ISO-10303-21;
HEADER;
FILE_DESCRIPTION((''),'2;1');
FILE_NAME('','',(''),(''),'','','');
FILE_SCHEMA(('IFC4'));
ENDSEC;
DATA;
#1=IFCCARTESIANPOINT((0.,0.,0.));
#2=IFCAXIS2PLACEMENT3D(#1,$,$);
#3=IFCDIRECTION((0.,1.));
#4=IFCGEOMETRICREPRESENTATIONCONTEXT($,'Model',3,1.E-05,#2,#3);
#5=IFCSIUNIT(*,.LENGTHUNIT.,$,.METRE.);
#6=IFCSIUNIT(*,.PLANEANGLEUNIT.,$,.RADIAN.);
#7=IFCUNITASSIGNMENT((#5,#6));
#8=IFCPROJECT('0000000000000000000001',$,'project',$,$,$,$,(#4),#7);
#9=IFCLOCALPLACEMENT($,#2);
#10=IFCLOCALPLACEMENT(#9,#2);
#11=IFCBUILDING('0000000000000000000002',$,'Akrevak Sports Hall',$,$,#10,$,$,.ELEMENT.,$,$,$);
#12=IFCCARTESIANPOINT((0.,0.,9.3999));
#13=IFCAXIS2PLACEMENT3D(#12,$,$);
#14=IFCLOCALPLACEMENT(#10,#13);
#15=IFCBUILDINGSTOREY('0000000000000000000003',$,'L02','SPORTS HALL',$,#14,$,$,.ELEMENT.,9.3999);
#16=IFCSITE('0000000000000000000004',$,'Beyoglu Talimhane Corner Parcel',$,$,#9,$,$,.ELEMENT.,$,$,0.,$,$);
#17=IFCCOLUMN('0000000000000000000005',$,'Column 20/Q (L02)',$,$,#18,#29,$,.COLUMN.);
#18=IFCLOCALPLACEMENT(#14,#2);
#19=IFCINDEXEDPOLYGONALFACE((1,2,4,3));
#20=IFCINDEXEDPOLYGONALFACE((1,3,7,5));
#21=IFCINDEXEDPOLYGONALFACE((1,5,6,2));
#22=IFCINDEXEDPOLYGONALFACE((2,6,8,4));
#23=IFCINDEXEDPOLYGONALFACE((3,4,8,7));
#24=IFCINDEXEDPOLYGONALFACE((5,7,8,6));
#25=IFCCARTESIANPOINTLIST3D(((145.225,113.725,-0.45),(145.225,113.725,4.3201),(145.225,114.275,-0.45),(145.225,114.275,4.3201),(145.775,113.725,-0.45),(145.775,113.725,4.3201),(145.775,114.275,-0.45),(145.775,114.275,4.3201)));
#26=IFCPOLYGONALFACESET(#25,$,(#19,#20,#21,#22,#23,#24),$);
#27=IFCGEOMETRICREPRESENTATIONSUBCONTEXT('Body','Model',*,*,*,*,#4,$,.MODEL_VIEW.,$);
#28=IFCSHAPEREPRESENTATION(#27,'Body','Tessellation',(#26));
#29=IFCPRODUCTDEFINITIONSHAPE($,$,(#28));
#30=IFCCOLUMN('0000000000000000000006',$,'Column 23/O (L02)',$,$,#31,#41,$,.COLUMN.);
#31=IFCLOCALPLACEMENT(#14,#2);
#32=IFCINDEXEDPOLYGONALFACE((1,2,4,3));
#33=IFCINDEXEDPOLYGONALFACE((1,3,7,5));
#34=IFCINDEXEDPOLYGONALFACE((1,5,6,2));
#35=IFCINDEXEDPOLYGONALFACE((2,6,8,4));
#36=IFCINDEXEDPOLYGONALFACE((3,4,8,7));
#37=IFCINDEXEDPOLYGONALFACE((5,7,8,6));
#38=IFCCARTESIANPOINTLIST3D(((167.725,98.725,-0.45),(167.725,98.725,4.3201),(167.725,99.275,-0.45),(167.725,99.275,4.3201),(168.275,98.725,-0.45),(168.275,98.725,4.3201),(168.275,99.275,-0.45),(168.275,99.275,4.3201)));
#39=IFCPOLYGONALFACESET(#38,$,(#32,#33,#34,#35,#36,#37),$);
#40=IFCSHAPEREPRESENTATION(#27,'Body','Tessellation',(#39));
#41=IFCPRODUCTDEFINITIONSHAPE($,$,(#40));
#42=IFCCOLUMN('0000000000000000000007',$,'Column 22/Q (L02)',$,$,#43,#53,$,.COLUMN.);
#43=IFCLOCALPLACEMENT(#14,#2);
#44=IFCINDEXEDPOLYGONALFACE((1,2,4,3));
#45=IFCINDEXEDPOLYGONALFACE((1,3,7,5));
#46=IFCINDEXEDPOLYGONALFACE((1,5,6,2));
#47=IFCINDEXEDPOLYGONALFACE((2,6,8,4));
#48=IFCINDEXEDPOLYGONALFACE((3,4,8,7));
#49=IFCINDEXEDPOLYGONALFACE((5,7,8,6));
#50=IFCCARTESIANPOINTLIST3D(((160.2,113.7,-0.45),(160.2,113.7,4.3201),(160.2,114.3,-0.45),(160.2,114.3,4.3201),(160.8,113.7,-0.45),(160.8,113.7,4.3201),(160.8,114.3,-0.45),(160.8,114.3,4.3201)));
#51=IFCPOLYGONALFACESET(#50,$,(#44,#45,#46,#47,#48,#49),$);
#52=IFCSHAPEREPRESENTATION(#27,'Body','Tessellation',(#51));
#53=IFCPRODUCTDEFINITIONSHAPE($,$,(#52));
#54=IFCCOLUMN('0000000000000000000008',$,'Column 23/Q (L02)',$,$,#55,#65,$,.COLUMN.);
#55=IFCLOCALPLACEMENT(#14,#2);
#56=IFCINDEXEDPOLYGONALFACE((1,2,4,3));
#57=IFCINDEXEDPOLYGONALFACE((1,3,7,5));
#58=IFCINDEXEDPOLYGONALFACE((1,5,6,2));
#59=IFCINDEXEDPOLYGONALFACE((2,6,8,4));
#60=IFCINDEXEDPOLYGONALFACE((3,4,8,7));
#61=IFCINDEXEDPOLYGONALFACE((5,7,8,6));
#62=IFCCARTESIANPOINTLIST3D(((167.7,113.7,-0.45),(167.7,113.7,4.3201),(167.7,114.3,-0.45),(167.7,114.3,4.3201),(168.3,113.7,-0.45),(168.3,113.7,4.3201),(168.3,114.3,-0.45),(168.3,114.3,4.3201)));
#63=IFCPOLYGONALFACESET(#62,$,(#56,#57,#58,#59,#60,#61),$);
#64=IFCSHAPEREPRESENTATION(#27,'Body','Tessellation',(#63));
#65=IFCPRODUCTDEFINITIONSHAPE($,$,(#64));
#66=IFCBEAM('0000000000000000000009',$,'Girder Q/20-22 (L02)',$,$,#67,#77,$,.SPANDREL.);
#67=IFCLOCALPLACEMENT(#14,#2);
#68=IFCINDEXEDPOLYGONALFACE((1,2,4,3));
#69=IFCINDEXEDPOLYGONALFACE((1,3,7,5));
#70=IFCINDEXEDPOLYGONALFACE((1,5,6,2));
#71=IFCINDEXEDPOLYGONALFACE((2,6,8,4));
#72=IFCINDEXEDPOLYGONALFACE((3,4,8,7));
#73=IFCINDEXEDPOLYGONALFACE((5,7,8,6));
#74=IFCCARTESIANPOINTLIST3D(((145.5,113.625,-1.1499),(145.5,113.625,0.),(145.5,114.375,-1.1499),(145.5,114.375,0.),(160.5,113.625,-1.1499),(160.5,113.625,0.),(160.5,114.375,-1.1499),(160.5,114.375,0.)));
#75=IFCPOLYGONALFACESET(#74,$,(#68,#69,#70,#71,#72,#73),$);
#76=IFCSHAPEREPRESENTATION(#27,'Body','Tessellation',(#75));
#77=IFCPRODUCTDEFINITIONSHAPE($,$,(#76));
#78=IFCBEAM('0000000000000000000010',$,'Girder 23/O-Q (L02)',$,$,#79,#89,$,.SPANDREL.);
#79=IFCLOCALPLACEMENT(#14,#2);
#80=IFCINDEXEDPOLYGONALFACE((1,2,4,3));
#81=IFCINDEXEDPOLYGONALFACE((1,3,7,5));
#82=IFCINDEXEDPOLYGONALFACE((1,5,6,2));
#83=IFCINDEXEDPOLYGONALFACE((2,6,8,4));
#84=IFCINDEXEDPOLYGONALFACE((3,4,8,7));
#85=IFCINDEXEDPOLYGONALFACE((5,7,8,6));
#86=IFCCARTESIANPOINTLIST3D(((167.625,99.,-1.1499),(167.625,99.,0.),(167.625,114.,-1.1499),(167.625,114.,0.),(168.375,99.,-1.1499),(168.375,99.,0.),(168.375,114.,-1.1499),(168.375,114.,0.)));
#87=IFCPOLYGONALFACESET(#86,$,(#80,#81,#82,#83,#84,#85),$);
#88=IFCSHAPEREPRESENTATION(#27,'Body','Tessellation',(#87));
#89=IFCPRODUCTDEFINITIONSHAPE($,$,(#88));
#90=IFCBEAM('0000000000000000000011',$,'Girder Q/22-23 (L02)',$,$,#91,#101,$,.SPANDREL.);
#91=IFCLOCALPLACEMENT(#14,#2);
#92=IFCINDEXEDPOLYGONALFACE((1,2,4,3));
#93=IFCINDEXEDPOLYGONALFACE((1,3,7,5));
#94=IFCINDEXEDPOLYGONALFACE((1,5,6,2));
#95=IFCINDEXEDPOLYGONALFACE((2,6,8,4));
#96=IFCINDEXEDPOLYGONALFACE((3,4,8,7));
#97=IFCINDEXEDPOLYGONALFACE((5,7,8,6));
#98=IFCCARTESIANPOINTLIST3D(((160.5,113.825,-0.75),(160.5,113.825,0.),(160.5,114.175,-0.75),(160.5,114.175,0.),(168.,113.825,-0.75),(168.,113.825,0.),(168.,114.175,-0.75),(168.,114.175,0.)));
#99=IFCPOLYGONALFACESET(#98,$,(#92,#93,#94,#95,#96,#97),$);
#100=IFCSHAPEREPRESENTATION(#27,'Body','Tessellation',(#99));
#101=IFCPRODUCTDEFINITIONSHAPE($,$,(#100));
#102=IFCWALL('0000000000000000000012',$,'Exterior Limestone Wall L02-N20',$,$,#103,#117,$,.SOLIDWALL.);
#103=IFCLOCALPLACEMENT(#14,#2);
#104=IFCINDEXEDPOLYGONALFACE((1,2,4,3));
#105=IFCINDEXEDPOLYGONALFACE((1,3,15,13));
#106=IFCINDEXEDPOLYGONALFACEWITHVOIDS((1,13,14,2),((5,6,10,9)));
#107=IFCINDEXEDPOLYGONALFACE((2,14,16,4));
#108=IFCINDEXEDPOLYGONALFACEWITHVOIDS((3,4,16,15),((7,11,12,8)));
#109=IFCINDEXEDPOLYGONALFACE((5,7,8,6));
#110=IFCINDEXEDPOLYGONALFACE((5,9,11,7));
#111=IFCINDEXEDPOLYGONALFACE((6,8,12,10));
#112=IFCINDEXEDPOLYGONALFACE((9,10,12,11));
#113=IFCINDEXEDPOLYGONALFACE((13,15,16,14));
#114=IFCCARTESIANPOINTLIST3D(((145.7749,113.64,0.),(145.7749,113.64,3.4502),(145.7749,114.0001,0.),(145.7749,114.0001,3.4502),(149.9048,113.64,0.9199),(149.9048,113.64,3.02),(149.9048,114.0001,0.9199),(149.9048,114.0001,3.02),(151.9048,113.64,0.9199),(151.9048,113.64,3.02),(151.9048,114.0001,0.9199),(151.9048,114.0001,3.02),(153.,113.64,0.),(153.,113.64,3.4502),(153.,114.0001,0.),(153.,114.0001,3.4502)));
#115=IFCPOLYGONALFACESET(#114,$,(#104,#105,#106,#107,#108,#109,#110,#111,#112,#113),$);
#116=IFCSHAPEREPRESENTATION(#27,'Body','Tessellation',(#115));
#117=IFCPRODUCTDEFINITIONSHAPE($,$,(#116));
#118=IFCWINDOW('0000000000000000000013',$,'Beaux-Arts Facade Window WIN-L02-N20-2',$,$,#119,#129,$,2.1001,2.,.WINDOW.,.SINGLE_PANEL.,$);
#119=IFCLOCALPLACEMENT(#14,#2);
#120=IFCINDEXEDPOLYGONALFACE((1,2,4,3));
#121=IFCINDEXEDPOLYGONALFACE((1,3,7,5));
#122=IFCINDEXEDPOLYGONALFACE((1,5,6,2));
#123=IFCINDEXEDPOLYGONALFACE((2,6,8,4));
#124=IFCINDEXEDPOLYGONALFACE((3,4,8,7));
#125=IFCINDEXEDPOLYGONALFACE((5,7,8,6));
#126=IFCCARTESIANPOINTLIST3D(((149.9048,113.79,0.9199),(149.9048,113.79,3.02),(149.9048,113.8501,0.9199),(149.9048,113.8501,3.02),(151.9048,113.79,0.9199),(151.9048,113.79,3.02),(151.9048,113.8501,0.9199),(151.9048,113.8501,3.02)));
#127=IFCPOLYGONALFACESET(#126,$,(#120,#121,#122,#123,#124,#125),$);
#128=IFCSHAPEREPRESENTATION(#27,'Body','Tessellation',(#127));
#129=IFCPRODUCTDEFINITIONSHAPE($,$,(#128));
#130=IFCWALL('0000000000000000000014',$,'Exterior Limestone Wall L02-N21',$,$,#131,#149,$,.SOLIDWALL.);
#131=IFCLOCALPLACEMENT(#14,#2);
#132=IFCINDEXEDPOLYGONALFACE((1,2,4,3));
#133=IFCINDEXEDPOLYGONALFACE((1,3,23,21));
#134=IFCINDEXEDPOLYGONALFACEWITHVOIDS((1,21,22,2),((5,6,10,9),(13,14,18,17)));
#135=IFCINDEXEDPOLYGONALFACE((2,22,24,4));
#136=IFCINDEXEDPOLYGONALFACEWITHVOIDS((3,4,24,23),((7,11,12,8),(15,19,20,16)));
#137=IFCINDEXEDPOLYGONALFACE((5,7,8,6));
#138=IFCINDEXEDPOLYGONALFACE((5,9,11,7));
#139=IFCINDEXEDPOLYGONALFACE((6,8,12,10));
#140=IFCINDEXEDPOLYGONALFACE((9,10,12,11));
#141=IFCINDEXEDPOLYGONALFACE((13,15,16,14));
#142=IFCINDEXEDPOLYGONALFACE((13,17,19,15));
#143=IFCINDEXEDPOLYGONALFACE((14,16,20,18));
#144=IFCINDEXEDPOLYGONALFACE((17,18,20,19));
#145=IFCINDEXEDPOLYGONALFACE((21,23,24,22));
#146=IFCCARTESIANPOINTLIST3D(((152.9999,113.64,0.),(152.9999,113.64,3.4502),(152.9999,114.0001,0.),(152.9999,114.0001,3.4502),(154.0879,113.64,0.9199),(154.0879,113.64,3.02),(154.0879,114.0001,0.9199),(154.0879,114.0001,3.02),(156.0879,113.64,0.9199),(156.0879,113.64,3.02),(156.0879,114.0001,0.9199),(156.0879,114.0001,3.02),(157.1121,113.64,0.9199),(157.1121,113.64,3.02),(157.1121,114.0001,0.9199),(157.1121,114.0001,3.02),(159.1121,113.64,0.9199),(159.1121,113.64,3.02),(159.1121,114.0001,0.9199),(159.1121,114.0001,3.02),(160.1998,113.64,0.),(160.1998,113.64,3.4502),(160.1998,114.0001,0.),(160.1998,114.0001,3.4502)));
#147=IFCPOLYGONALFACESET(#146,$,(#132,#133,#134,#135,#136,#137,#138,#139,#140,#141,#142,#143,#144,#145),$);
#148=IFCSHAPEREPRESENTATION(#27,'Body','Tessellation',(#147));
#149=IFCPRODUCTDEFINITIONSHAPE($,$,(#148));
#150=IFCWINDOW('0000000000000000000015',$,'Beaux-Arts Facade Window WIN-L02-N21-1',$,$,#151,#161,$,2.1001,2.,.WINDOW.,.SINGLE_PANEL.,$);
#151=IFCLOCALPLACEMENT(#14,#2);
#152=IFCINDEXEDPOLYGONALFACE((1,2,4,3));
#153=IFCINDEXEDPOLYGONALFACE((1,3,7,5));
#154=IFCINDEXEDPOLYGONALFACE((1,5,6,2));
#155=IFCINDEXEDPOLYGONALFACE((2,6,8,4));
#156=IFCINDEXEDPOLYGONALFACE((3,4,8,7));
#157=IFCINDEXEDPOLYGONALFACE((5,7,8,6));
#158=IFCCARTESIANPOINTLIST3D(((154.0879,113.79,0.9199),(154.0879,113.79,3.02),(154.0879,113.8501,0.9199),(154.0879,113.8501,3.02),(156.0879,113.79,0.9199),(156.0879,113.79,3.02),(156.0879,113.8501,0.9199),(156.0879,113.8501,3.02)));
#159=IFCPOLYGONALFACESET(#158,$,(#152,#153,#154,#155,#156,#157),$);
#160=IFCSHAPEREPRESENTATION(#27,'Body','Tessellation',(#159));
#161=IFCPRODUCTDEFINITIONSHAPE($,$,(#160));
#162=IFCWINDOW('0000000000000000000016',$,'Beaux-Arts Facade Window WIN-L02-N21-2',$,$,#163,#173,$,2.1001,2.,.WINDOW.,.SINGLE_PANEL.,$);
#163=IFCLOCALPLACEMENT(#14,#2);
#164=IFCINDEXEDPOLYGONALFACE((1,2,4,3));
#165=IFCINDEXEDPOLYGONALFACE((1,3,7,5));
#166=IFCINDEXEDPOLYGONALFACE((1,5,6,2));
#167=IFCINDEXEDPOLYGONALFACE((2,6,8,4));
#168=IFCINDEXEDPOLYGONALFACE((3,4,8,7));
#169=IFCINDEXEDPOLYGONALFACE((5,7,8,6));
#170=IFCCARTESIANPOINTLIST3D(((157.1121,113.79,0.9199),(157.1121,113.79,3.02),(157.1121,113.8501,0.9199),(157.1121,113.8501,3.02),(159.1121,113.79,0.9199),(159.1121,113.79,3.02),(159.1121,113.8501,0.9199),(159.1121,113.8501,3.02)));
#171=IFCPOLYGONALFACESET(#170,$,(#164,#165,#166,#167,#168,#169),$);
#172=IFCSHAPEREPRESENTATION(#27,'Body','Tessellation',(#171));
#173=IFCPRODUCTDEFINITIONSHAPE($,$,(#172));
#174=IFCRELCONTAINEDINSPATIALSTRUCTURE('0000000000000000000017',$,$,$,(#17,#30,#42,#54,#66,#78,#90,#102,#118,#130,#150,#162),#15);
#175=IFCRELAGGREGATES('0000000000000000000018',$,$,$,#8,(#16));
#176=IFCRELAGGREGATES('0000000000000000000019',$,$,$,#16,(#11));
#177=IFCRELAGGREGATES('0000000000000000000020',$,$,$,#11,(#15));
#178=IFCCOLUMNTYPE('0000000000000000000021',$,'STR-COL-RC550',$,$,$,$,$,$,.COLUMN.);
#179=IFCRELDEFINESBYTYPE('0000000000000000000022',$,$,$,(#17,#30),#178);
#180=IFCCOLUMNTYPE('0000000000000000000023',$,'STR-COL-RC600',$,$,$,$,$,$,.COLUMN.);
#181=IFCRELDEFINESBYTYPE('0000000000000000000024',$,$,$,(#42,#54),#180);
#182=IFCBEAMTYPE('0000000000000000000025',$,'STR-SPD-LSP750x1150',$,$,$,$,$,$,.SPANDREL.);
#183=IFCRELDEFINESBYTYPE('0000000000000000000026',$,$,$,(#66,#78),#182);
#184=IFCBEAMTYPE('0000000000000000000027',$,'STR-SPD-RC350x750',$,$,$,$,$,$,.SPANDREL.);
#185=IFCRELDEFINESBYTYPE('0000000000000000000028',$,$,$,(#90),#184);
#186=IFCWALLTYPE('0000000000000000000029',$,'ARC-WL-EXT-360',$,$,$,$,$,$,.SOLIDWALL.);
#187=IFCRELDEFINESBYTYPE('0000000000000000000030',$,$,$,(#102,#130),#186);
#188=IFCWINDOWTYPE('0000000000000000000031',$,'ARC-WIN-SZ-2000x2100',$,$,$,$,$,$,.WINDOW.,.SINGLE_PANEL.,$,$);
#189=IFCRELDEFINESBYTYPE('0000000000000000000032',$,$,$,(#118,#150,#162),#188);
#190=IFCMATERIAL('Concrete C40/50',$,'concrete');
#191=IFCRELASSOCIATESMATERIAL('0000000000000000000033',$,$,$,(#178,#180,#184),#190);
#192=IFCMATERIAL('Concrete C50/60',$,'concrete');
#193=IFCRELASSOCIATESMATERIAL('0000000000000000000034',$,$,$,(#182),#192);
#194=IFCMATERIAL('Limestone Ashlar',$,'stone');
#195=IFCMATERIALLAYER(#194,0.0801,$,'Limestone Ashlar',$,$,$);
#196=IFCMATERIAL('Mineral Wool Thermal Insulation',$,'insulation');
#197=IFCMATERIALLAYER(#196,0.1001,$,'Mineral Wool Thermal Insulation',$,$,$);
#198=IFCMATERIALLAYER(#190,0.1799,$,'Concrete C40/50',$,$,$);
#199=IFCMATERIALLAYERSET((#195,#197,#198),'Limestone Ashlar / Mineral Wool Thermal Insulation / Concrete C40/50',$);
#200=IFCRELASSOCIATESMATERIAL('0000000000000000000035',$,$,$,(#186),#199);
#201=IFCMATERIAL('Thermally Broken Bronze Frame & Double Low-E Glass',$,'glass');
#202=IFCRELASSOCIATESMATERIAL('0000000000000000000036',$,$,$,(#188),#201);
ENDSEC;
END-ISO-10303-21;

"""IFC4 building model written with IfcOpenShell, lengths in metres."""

from ifc_helpers import new_model, si_unit, direction, frame, frame_2d, origin, origin_2d, place, context, subcontext, project, spatial, rectangle, extrude, material, layer, layer_set, material_profile, profile_set, type_object, element, fill, save


model = new_model("IFC4")

# Units and contexts
model_context = context("Model", 3, precision=1e-05, world=origin(), true_north=direction((0.0, 1.0)))
body_context = subcontext(model_context, "Body", "Model", "MODEL_VIEW")
ifc_project = project(units=[si_unit("LENGTHUNIT", "METRE"), si_unit("PLANEANGLEUNIT", "RADIAN")], contexts=[model_context])

# Site, building, storey
site_placement = place(None, origin())
site = spatial("IfcSite", under=ifc_project, at=site_placement, Name="Beyoglu Talimhane Corner Parcel", CompositionType="ELEMENT", RefElevation=0.0)
building_placement = place(site_placement, origin())
building = spatial("IfcBuilding", under=site, at=building_placement, Name="Akrevak Sports Hall", CompositionType="ELEMENT")
storey_placement = place(building_placement, frame((0.0, 0.0, 9.3999)))
storey = spatial("IfcBuildingStorey", under=building, at=storey_placement, Name="L02", Description="SPORTS HALL", CompositionType="ELEMENT", Elevation=9.3999)

# Columns
ifc_material_1 = material(Name="Concrete C40/50", Category="concrete")
ifc_material_profile_1 = material_profile(ifc_material_1, rectangle(XDim=0.55, YDim=0.55, at=origin_2d()), Name="RC 550x550", Category="concrete")
ifc_profile_set_1 = profile_set([ifc_material_profile_1], Name="Concrete C40/50")
column_type_1 = type_object("IfcColumnType", Name="STR-COL-RC550", PredefinedType="COLUMN", material=ifc_profile_set_1)
for number, where, z_axis, x_axis, name in (
    (1, (145.5, 114.0, -0.45), (0.0, 0.0, 1.0), (1.0, 0.0, 0.0), "Column 20/Q (L02)"),
    (2, (168.0, 99.0, -0.45), (0.0, 0.0, 1.0), (1.0, 0.0, 0.0), "Column 23/O (L02)"),
):
    element("IfcColumn", number, at=place(storey_placement, frame(where, z_axis=z_axis, x_axis=x_axis)), inside=storey, type_object=column_type_1, Name=name, PredefinedType="COLUMN", context=body_context, shape_type="SweptSolid", body=[
        extrude(rectangle(XDim=0.55, YDim=0.55, at=origin_2d()), origin(), (0.0, 0.0, 1.0), 4.77),
    ])
ifc_material_profile_2 = material_profile(ifc_material_1, rectangle(XDim=0.6001, YDim=0.6001, at=origin_2d()), Name="RC 600x600", Category="concrete")
ifc_profile_set_2 = profile_set([ifc_material_profile_2], Name="Concrete C40/50")
column_type_2 = type_object("IfcColumnType", Name="STR-COL-RC600", PredefinedType="COLUMN", material=ifc_profile_set_2)
for number, where, z_axis, x_axis, name in (
    (3, (160.5, 114.0, -0.45), (0.0, 0.0, 1.0), (1.0, 0.0, 0.0), "Column 22/Q (L02)"),
    (4, (168.0, 114.0, -0.45), (0.0, 0.0, 1.0), (1.0, 0.0, 0.0), "Column 23/Q (L02)"),
):
    element("IfcColumn", number, at=place(storey_placement, frame(where, z_axis=z_axis, x_axis=x_axis)), inside=storey, type_object=column_type_2, Name=name, PredefinedType="COLUMN", context=body_context, shape_type="SweptSolid", body=[
        extrude(rectangle(XDim=0.6001, YDim=0.6001, at=origin_2d()), origin(), (0.0, 0.0, 1.0), 4.77),
    ])

# Beams
ifc_material_2 = material(Name="Concrete C50/60", Category="concrete")
ifc_material_profile_3 = material_profile(ifc_material_2, rectangle(XDim=0.75, YDim=1.1499, at=origin_2d()), Name="SPD 750x1150", Category="concrete")
ifc_profile_set_3 = profile_set([ifc_material_profile_3], Name="Concrete C50/60")
beam_type_1 = type_object("IfcBeamType", Name="STR-SPD-LSP750x1150", PredefinedType="SPANDREL", material=ifc_profile_set_3)
for number, where, z_axis, x_axis, name in (
    (5, (145.5, 114.0, -0.575), (1.0, 0.0, 0.0), (0.0, 1.0, 0.0), "Girder Q/20-22 (L02)"),
    (6, (168.0, 99.0, -0.575), (0.0, 1.0, 0.0), (-1.0, 0.0, 0.0), "Girder 23/O-Q (L02)"),
):
    element("IfcBeam", number, at=place(storey_placement, frame(where, z_axis=z_axis, x_axis=x_axis)), inside=storey, type_object=beam_type_1, Name=name, PredefinedType="SPANDREL", context=body_context, shape_type="SweptSolid", body=[
        extrude(rectangle(XDim=0.75, YDim=1.1499, at=origin_2d()), origin(), (0.0, 0.0, 1.0), 15.0),
    ])
ifc_material_profile_4 = material_profile(ifc_material_1, rectangle(XDim=0.3501, YDim=0.75, at=origin_2d()), Name="SPD 350x750", Category="concrete")
ifc_profile_set_4 = profile_set([ifc_material_profile_4], Name="Concrete C40/50")
beam_type_2 = type_object("IfcBeamType", Name="STR-SPD-RC350x750", PredefinedType="SPANDREL", material=ifc_profile_set_4)
beam_placement = place(storey_placement, frame((160.5, 114.0, -0.375), z_axis=(1.0, 0.0, 0.0), x_axis=(0.0, 1.0, 0.0)))
element("IfcBeam", 7, at=beam_placement, inside=storey, type_object=beam_type_2, Name="Girder Q/22-23 (L02)", PredefinedType="SPANDREL", context=body_context, shape_type="SweptSolid", body=[
    extrude(rectangle(XDim=0.3501, YDim=0.75, at=origin_2d()), origin(), (0.0, 0.0, 1.0), 7.5),
])

# Wall, opening, window
ifc_material_3 = material(Name="Limestone Ashlar", Category="stone")
ifc_layer_1 = layer(ifc_material_3, 0.0801, Name="Limestone Ashlar")
ifc_material_4 = material(Name="Mineral Wool Thermal Insulation", Category="insulation")
ifc_layer_2 = layer(ifc_material_4, 0.1001, Name="Mineral Wool Thermal Insulation")
ifc_layer_3 = layer(ifc_material_1, 0.1799, Name="Concrete C40/50")
ifc_layer_set_1 = layer_set([ifc_layer_1, ifc_layer_2, ifc_layer_3], Name="Limestone Ashlar / Mineral Wool Thermal Insulation / Concrete C40/50")
wall_type_1 = type_object("IfcWallType", Name="ARC-WL-EXT-360", PredefinedType="SOLIDWALL", material=ifc_layer_set_1)
wall_1_placement = place(storey_placement, frame((153.0, 113.8201, 0.0), z_axis=(0.0, 0.0, 1.0), x_axis=(-1.0, 0.0, 0.0)))
wall_1 = element("IfcWall", 8, at=wall_1_placement, inside=storey, type_object=wall_type_1, Name="Exterior Limestone Wall L02-N20", PredefinedType="SOLIDWALL", context=body_context, shape_type="SweptSolid", body=[
    extrude(rectangle(XDim=7.2251, YDim=0.3601, at=frame_2d((3.6125, 0.0))), origin(), (0.0, 0.0, 1.0), 3.4502),
])
opening_1_placement = place(wall_1_placement, frame((1.0952, 0.0, 0.9199)))
opening_1 = element("IfcOpeningElement", 9, at=opening_1_placement, cuts=wall_1, PredefinedType="OPENING", context=body_context, shape_type="SweptSolid", body=[
    extrude(rectangle(XDim=2.0, YDim=2.1001, at=frame_2d((1.0, 1.05))), frame((0.0, 0.1919, 0.0), z_axis=(0.0, -1.0, 0.0), x_axis=(1.0, 0.0, 0.0)), (0.0, 0.0, 1.0), 0.384),
])
ifc_material_5 = material(Name="Thermally Broken Bronze Frame & Double Low-E Glass", Category="glass")
window_type_1 = type_object("IfcWindowType", Name="ARC-WIN-SZ-2000x2100", PartitioningType="SINGLE_PANEL", PredefinedType="WINDOW", material=ifc_material_5)
window_1_placement = place(opening_1_placement, origin())
window_1 = element("IfcWindow", 10, at=window_1_placement, inside=storey, type_object=window_type_1, Name="Beaux-Arts Facade Window WIN-L02-N20-2", OverallHeight=2.1001, OverallWidth=2.0, PartitioningType="SINGLE_PANEL", PredefinedType="WINDOW", context=body_context, shape_type="SweptSolid", body=[
    extrude(rectangle(XDim=2.0, YDim=2.1001, at=frame_2d((1.0, 1.05))), frame((0.0, 0.03, 0.0), z_axis=(0.0, -1.0, 0.0), x_axis=(1.0, 0.0, 0.0)), (0.0, 0.0, 1.0), 0.0601),
])
fill(opening_1, window_1)

# Wall, openings, windows
wall_2_placement = place(storey_placement, frame((160.2, 113.8201, 0.0), z_axis=(0.0, 0.0, 1.0), x_axis=(-1.0, 0.0, 0.0)))
wall_2 = element("IfcWall", 11, at=wall_2_placement, inside=storey, type_object=wall_type_1, Name="Exterior Limestone Wall L02-N21", PredefinedType="SOLIDWALL", context=body_context, shape_type="SweptSolid", body=[
    extrude(rectangle(XDim=7.2, YDim=0.3601, at=frame_2d((3.6001, 0.0))), origin(), (0.0, 0.0, 1.0), 3.4502),
])
opening_2_placement = place(wall_2_placement, frame((4.1121, 0.0, 0.9199)))
opening_2 = element("IfcOpeningElement", 12, at=opening_2_placement, cuts=wall_2, PredefinedType="OPENING", context=body_context, shape_type="SweptSolid", body=[
    extrude(rectangle(XDim=2.0, YDim=2.1001, at=frame_2d((1.0, 1.05))), frame((0.0, 0.1919, 0.0), z_axis=(0.0, -1.0, 0.0), x_axis=(1.0, 0.0, 0.0)), (0.0, 0.0, 1.0), 0.384),
])
opening_3_placement = place(wall_2_placement, frame((1.0879, 0.0, 0.9199)))
opening_3 = element("IfcOpeningElement", 13, at=opening_3_placement, cuts=wall_2, PredefinedType="OPENING", context=body_context, shape_type="SweptSolid", body=[
    extrude(rectangle(XDim=2.0, YDim=2.1001, at=frame_2d((1.0, 1.05))), frame((0.0, 0.1919, 0.0), z_axis=(0.0, -1.0, 0.0), x_axis=(1.0, 0.0, 0.0)), (0.0, 0.0, 1.0), 0.384),
])
window_2_placement = place(opening_2_placement, origin())
window_2 = element("IfcWindow", 14, at=window_2_placement, inside=storey, type_object=window_type_1, Name="Beaux-Arts Facade Window WIN-L02-N21-1", OverallHeight=2.1001, OverallWidth=2.0, PartitioningType="SINGLE_PANEL", PredefinedType="WINDOW", context=body_context, shape_type="SweptSolid", body=[
    extrude(rectangle(XDim=2.0, YDim=2.1001, at=frame_2d((1.0, 1.05))), frame((0.0, 0.03, 0.0), z_axis=(0.0, -1.0, 0.0), x_axis=(1.0, 0.0, 0.0)), (0.0, 0.0, 1.0), 0.0601),
])
fill(opening_2, window_2)
window_3_placement = place(opening_3_placement, origin())
window_3 = element("IfcWindow", 15, at=window_3_placement, inside=storey, type_object=window_type_1, Name="Beaux-Arts Facade Window WIN-L02-N21-2", OverallHeight=2.1001, OverallWidth=2.0, PartitioningType="SINGLE_PANEL", PredefinedType="WINDOW", context=body_context, shape_type="SweptSolid", body=[
    extrude(rectangle(XDim=2.0, YDim=2.1001, at=frame_2d((1.0, 1.05))), frame((0.0, 0.03, 0.0), z_axis=(0.0, -1.0, 0.0), x_axis=(1.0, 0.0, 0.0)), (0.0, 0.0, 1.0), 0.0601),
])
fill(opening_3, window_3)

save(model, "model.ifc")
